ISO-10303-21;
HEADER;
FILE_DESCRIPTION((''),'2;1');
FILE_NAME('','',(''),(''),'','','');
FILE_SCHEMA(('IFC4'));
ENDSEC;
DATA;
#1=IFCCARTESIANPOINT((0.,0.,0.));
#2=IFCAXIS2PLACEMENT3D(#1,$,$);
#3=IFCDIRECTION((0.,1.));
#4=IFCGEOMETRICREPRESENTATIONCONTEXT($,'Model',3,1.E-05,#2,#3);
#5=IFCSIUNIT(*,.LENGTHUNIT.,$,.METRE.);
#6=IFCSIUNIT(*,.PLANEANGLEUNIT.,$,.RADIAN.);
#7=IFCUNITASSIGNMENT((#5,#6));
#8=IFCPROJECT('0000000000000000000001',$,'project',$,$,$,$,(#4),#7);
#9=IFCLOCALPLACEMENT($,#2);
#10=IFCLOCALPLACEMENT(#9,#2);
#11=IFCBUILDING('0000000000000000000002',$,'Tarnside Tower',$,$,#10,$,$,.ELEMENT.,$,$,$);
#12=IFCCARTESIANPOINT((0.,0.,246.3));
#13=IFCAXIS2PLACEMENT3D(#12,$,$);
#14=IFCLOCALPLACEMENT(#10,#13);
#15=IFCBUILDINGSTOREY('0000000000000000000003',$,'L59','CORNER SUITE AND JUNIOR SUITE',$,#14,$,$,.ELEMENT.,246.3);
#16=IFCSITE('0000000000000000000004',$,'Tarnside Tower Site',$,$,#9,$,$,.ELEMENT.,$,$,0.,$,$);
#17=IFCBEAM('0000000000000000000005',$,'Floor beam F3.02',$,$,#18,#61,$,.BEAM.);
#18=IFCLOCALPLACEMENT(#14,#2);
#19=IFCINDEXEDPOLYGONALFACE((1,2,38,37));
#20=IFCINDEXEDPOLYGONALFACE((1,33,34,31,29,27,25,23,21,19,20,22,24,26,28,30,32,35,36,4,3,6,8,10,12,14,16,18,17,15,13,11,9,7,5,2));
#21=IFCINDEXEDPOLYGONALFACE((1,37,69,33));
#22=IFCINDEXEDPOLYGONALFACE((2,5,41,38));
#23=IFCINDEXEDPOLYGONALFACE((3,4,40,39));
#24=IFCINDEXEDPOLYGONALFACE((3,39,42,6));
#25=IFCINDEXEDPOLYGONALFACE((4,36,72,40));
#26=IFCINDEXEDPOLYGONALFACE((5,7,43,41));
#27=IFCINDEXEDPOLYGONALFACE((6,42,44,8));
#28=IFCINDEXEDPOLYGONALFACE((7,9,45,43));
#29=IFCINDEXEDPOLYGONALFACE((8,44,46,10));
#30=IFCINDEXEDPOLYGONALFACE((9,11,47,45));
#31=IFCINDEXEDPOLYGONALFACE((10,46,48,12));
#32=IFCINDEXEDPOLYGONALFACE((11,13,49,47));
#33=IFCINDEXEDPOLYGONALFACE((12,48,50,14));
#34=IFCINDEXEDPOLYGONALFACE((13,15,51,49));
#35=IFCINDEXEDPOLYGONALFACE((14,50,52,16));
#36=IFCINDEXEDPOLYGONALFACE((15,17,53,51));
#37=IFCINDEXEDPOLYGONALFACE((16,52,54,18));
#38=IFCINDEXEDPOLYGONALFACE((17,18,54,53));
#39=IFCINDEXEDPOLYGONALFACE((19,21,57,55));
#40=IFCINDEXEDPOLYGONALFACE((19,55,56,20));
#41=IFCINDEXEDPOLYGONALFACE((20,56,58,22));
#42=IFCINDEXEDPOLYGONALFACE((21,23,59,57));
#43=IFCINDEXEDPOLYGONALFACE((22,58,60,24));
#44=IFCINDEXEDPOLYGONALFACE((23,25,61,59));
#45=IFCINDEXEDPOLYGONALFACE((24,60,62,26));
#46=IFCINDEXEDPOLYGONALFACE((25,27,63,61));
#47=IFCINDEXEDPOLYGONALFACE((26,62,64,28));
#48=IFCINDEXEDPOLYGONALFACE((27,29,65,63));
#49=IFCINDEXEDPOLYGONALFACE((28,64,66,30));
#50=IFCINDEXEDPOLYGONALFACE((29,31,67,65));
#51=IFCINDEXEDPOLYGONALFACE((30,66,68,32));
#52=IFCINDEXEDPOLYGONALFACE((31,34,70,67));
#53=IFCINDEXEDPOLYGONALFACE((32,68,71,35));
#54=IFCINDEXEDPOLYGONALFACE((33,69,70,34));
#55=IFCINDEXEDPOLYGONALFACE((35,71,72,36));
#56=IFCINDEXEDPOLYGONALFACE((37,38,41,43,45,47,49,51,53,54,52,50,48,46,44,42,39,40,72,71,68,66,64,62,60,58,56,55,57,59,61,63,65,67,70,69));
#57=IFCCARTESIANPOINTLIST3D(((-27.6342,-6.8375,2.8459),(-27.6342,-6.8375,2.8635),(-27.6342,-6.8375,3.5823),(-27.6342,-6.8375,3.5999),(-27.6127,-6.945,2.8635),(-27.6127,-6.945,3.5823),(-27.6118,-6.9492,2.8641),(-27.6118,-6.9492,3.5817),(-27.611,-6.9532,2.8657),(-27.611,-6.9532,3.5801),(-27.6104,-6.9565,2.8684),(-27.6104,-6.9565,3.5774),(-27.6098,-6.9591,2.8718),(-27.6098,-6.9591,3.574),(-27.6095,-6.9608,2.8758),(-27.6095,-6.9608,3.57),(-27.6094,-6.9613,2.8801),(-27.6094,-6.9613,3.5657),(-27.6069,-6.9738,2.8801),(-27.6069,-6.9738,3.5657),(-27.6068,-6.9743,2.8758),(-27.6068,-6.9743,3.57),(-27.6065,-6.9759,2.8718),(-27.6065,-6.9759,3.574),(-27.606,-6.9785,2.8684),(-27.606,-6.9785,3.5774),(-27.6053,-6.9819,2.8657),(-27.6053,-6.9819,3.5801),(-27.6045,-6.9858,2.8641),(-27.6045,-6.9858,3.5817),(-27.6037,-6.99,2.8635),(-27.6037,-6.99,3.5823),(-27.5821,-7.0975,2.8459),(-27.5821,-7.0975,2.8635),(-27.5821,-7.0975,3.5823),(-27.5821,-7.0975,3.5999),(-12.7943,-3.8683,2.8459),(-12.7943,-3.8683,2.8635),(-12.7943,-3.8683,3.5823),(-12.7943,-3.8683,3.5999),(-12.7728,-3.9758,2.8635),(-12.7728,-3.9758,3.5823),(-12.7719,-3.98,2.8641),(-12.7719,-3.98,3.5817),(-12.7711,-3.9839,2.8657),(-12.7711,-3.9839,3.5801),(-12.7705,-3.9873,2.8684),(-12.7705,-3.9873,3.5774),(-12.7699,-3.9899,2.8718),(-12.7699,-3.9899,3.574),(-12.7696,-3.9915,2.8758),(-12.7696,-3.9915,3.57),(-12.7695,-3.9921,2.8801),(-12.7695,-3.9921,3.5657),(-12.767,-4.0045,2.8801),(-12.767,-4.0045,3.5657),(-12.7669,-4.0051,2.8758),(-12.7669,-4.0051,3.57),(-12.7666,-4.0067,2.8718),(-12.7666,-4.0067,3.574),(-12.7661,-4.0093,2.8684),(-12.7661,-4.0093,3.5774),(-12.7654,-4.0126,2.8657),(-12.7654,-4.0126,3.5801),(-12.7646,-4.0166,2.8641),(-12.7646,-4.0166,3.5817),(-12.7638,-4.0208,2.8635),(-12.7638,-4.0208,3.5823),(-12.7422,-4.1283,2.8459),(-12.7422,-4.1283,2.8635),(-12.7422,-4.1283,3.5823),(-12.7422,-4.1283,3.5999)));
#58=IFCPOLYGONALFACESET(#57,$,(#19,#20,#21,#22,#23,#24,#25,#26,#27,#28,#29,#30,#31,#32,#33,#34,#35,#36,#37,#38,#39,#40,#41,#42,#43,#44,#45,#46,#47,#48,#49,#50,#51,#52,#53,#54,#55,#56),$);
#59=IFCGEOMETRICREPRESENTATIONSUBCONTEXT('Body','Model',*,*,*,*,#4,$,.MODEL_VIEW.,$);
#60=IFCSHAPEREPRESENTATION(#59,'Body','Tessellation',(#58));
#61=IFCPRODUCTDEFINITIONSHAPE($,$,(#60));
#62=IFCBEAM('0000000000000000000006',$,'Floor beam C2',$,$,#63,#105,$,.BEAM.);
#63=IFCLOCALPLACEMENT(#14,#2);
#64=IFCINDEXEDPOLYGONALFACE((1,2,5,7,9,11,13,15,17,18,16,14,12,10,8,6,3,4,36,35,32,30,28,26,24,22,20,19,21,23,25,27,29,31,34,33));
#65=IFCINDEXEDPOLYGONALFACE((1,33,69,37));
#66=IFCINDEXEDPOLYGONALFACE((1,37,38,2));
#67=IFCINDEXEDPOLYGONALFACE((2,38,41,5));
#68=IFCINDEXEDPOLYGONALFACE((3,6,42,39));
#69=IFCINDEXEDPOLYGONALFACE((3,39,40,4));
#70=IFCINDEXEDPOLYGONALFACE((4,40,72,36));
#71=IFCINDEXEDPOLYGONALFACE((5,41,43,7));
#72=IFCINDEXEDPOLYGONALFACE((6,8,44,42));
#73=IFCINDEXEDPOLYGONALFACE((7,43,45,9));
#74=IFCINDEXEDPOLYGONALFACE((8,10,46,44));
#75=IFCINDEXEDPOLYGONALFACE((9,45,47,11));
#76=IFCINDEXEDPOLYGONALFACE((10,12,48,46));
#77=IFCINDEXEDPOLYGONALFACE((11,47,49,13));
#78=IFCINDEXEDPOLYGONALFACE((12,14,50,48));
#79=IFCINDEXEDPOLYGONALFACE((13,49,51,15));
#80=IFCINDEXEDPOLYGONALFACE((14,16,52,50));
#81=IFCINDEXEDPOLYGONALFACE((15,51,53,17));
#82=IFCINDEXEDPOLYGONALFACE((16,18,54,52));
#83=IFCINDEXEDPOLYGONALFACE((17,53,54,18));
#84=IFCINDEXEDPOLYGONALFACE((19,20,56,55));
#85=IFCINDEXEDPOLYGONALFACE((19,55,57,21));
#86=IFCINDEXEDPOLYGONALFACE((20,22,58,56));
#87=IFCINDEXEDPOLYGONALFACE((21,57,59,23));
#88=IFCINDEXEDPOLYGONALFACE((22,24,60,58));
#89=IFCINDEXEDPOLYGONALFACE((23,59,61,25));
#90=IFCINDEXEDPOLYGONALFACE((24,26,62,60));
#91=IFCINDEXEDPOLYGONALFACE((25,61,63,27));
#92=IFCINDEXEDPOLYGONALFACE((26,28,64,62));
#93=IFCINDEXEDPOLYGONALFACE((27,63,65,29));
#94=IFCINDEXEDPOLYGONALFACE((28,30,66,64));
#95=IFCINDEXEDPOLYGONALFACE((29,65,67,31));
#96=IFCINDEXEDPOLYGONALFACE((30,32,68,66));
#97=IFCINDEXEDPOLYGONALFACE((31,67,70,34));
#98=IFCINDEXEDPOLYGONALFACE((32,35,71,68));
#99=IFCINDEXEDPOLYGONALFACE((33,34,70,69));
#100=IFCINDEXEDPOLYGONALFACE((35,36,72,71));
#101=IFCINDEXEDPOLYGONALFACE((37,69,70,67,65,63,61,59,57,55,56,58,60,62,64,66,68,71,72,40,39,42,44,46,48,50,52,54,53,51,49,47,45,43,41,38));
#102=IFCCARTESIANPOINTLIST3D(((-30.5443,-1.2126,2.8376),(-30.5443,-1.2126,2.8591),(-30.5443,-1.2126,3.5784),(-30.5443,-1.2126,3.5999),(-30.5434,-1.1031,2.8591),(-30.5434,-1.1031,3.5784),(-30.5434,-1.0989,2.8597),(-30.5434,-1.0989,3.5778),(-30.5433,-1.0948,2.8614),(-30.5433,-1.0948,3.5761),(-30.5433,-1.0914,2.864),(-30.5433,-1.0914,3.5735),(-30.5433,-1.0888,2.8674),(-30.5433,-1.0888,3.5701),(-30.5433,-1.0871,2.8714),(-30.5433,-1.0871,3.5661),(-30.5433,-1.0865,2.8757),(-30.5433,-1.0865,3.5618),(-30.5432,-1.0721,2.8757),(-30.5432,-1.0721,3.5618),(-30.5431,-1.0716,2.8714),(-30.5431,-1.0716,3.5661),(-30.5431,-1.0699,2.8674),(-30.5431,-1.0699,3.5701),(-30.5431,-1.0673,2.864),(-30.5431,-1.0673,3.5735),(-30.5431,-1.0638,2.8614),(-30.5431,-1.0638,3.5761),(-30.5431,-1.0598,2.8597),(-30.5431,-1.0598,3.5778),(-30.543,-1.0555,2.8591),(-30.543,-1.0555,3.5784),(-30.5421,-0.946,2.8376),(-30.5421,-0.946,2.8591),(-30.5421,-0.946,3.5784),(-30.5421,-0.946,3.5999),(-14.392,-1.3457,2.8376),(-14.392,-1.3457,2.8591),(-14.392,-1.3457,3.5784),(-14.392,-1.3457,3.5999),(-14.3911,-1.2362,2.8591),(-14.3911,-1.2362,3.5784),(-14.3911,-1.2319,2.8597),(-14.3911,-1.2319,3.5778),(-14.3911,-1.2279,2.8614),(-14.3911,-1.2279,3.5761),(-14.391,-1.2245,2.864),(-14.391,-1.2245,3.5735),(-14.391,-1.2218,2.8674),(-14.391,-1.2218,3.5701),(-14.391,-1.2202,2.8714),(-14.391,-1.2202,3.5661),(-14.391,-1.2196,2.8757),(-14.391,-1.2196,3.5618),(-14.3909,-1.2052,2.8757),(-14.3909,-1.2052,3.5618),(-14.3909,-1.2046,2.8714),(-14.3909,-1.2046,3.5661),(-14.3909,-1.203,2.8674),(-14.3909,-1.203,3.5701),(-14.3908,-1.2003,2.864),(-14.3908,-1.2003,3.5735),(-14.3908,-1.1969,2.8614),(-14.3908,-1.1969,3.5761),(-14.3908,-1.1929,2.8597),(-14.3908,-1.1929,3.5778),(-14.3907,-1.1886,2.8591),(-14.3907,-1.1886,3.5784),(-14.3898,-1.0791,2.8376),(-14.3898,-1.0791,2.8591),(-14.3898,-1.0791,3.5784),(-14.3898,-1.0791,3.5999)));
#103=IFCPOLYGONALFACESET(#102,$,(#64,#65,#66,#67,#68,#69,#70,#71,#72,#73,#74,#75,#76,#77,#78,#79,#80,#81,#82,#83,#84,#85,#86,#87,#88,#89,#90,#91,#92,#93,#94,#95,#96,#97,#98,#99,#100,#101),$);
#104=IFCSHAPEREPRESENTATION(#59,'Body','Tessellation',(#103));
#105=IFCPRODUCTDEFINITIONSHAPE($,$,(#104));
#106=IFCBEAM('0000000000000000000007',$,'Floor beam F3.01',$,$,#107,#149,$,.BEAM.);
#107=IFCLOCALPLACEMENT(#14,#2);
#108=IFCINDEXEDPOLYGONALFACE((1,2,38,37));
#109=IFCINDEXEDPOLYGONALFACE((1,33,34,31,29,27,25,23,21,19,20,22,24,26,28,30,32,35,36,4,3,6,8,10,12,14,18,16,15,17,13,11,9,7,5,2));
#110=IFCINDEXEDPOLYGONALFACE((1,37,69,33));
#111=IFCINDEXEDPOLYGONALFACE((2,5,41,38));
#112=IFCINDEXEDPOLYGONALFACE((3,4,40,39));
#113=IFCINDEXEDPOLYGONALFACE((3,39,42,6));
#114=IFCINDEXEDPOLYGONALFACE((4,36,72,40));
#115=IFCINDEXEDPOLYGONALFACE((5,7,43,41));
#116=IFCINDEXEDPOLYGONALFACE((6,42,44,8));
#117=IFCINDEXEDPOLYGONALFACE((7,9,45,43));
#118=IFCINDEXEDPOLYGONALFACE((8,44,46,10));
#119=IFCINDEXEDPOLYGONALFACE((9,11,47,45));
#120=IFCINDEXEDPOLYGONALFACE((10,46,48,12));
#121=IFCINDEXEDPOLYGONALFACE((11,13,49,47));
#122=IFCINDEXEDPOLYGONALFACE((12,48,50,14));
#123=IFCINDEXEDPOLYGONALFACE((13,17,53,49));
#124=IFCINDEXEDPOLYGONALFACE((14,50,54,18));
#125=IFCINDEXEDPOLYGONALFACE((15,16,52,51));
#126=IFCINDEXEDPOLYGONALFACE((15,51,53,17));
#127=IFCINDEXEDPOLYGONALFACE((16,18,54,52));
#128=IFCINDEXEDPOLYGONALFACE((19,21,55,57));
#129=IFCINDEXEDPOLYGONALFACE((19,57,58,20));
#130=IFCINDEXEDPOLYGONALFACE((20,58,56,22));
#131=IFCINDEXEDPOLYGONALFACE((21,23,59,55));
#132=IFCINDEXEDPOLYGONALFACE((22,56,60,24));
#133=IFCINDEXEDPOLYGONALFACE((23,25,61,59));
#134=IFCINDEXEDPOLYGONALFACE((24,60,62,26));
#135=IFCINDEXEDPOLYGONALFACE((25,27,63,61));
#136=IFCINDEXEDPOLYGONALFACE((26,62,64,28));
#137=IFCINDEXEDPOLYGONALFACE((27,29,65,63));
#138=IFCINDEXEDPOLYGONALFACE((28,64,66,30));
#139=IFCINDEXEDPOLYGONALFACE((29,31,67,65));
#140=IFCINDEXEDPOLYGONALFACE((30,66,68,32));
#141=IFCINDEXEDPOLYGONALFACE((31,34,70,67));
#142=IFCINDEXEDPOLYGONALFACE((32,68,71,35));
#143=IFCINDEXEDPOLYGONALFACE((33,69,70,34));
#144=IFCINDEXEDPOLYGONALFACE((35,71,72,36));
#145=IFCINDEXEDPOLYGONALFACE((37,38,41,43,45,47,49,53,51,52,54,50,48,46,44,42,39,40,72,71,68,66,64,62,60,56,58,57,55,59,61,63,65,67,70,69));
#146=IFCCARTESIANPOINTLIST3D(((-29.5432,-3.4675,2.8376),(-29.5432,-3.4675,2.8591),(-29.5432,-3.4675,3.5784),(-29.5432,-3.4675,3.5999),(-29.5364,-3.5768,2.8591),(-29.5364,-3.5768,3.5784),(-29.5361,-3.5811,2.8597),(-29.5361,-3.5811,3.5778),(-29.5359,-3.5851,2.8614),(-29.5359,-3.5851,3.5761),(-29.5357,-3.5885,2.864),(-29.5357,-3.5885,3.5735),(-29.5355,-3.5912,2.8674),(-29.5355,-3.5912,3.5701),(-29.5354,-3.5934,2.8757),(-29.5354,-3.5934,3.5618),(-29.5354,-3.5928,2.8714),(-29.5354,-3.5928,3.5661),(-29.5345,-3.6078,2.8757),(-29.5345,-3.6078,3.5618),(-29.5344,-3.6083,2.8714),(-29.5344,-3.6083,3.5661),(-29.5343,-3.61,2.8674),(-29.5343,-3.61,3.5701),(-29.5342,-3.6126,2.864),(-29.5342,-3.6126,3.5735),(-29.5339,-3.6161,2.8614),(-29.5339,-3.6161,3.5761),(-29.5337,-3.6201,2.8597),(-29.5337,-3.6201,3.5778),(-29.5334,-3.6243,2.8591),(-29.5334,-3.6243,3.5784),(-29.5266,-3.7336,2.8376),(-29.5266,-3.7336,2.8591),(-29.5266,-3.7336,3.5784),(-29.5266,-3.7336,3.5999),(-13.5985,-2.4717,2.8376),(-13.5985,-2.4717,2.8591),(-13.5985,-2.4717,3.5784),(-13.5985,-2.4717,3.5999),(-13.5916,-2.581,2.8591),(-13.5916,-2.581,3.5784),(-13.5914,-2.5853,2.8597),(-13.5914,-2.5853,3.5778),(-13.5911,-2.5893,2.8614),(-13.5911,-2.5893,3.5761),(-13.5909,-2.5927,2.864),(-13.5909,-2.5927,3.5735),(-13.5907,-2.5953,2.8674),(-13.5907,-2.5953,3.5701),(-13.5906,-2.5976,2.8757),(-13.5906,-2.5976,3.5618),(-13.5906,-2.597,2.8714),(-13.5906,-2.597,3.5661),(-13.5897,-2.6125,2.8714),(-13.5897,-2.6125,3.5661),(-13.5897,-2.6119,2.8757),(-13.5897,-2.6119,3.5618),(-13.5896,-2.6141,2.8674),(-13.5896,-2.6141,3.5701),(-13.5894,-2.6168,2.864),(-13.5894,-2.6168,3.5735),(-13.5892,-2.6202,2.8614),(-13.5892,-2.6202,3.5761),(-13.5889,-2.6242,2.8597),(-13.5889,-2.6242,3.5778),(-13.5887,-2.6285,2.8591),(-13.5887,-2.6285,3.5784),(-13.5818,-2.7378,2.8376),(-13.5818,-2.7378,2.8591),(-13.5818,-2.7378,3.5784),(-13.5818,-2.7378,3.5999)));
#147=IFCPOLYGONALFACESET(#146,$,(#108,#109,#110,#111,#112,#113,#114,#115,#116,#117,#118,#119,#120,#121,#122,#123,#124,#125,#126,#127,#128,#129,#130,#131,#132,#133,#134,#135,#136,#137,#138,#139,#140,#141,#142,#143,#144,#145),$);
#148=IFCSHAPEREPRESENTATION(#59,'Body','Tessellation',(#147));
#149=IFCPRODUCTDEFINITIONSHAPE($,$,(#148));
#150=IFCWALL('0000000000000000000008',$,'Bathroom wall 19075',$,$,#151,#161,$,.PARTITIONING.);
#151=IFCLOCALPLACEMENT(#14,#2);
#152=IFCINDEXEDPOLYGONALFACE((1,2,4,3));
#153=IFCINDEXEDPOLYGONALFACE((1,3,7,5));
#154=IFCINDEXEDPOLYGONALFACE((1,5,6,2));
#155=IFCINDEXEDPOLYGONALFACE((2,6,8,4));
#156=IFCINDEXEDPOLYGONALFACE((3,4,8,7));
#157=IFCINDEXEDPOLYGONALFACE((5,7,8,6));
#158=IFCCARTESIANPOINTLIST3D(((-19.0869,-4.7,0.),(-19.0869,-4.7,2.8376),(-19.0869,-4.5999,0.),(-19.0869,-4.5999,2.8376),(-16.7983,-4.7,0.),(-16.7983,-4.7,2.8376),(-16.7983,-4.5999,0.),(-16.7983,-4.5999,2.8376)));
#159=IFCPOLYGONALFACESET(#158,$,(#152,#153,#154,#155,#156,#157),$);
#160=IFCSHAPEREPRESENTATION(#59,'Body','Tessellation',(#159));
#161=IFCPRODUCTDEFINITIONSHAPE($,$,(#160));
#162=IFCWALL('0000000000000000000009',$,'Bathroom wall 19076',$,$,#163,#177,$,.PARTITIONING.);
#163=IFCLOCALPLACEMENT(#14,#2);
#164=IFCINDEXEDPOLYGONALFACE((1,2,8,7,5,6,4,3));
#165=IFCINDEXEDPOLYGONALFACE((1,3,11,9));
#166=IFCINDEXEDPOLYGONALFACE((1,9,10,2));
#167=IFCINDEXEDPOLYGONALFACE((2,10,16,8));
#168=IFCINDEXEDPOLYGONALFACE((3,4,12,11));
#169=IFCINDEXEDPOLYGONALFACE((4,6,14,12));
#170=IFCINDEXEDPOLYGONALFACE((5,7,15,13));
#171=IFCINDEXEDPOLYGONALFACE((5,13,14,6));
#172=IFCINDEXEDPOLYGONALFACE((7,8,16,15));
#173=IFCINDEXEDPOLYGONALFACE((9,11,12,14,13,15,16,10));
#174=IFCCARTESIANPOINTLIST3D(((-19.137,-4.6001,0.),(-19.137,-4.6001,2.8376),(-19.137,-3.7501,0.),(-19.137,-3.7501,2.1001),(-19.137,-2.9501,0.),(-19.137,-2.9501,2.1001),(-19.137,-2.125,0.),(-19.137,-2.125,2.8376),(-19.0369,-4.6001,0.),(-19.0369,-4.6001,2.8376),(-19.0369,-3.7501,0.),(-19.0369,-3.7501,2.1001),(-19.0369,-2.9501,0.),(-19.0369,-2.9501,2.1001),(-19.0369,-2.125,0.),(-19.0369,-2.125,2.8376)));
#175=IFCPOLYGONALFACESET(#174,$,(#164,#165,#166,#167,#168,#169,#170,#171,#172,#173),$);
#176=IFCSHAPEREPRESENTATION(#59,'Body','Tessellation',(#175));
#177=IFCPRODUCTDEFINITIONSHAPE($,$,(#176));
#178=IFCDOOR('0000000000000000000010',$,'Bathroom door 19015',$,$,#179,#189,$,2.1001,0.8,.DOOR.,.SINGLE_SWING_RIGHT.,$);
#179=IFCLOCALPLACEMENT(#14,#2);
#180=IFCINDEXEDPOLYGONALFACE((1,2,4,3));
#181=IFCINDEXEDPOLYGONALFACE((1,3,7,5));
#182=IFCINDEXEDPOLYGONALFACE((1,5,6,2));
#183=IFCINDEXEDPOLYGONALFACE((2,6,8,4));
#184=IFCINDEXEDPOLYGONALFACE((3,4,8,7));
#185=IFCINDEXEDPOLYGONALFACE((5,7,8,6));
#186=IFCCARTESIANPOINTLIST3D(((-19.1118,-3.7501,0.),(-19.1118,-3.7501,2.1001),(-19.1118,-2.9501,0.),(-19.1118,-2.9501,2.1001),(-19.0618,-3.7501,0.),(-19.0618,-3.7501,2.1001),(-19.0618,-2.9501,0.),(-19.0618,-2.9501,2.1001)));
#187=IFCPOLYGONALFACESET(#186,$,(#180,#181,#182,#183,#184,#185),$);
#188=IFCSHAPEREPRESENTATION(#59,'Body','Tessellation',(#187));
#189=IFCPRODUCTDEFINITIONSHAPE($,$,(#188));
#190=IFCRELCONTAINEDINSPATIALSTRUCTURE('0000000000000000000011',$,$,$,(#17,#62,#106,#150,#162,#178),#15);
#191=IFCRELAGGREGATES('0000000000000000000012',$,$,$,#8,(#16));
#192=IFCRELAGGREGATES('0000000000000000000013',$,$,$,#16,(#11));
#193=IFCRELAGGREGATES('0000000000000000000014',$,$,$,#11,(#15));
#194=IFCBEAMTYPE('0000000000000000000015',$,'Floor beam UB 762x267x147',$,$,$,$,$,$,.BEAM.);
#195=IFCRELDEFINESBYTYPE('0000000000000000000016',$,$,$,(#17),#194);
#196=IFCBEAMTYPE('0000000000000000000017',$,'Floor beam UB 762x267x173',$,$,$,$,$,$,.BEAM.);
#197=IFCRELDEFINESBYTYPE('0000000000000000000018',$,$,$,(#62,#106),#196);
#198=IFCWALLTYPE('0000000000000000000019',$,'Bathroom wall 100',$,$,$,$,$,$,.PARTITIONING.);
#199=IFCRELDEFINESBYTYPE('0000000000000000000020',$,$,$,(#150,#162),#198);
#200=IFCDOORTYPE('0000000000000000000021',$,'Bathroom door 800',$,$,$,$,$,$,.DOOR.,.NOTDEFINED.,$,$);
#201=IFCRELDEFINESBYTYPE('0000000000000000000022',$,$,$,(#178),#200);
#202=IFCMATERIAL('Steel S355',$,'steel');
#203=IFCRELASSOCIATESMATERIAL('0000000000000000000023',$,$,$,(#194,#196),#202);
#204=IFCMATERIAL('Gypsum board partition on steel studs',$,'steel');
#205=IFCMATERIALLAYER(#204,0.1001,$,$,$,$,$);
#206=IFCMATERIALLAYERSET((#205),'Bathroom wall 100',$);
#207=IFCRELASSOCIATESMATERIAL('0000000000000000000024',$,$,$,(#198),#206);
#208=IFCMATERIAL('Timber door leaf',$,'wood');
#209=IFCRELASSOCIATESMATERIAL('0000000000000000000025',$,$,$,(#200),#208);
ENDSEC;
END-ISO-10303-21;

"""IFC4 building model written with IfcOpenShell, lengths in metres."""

from ifc_helpers import new_model, si_unit, direction, frame, frame_2d, origin, origin_2d, place, context, subcontext, project, spatial, rectangle, i_section, extrude, material, layer, layer_set, material_profile, profile_set, type_object, element, fill, save


model = new_model("IFC4")

# Units and contexts
model_context = context("Model", 3, precision=1e-05, world=origin(), true_north=direction((0.0, 1.0)))
body_context = subcontext(model_context, "Body", "Model", "MODEL_VIEW")
ifc_project = project(units=[si_unit("LENGTHUNIT", "METRE"), si_unit("PLANEANGLEUNIT", "RADIAN")], contexts=[model_context])

# Site, building, storey
site_placement = place(None, origin())
site = spatial("IfcSite", under=ifc_project, at=site_placement, Name="Tarnside Tower Site", CompositionType="ELEMENT", RefElevation=0.0)
building_placement = place(site_placement, origin())
building = spatial("IfcBuilding", under=site, at=building_placement, Name="Tarnside Tower", CompositionType="ELEMENT")
storey_placement = place(building_placement, frame((0.0, 0.0, 246.3)))
storey = spatial("IfcBuildingStorey", under=building, at=storey_placement, Name="L59", Description="CORNER SUITE AND JUNIOR SUITE", CompositionType="ELEMENT", Elevation=246.3)

# Beams
ifc_material_1 = material(Name="Steel S355", Category="steel")
ifc_material_profile_1 = material_profile(ifc_material_1, i_section(OverallWidth=0.2651, OverallDepth=0.7539, WebThickness=0.0127, FlangeThickness=0.0176, FilletRadius=0.0166, at=origin_2d()), Name="UB 762x267x147")
ifc_profile_set_1 = profile_set([ifc_material_profile_1], Name="Steel S355")
beam_type_1 = type_object("IfcBeamType", Name="Floor beam UB 762x267x147", PredefinedType="BEAM", material=ifc_profile_set_1)
beam_1_placement = place(storey_placement, frame((-27.6082, -6.9675, 3.2229), z_axis=(0.980565, 0.196197, 0.0), x_axis=(-0.196197, 0.980565, 0.0)))
element("IfcBeam", 1, at=beam_1_placement, inside=storey, type_object=beam_type_1, Name="Floor beam F3.02", PredefinedType="BEAM", context=body_context, shape_type="SweptSolid", body=[
    extrude(i_section(OverallWidth=0.2651, OverallDepth=0.7539, WebThickness=0.0127, FlangeThickness=0.0176, FilletRadius=0.0166, at=origin_2d()), origin(), (0.0, 0.0, 1.0), 15.134),
])
ifc_material_profile_2 = material_profile(ifc_material_1, i_section(OverallWidth=0.2666, OverallDepth=0.7622, WebThickness=0.0144, FlangeThickness=0.0215, FilletRadius=0.0166, at=origin_2d()), Name="UB 762x267x173")
ifc_profile_set_2 = profile_set([ifc_material_profile_2], Name="Steel S355")
beam_type_2 = type_object("IfcBeamType", Name="Floor beam UB 762x267x173", PredefinedType="BEAM", material=ifc_profile_set_2)
beam_2_placement = place(storey_placement, frame((-30.5432, -1.0793, 3.2188), z_axis=(0.999966, -0.008237, 0.0), x_axis=(0.008237, 0.999966, 0.0)))
element("IfcBeam", 2, at=beam_2_placement, inside=storey, type_object=beam_type_2, Name="Floor beam C2", PredefinedType="BEAM", context=body_context, shape_type="SweptSolid", body=[
    extrude(i_section(OverallWidth=0.2666, OverallDepth=0.7622, WebThickness=0.0144, FlangeThickness=0.0215, FilletRadius=0.0166, at=origin_2d()), origin(), (0.0, 0.0, 1.0), 16.1528),
])
beam_3_placement = place(storey_placement, frame((-29.5349, -3.6006, 3.2188), z_axis=(0.998055, 0.062335, 0.0), x_axis=(-0.062335, 0.998055, 0.0)))
element("IfcBeam", 3, at=beam_3_placement, inside=storey, type_object=beam_type_2, Name="Floor beam F3.01", PredefinedType="BEAM", context=body_context, shape_type="SweptSolid", body=[
    extrude(i_section(OverallWidth=0.2666, OverallDepth=0.7622, WebThickness=0.0144, FlangeThickness=0.0215, FilletRadius=0.0166, at=origin_2d()), origin(), (0.0, 0.0, 1.0), 15.9758),
])

# Wall
ifc_material_2 = material(Name="Gypsum board partition on steel studs", Category="steel")
ifc_layer_1 = layer(ifc_material_2, 0.1001)
ifc_layer_set_1 = layer_set([ifc_layer_1], Name="Bathroom wall 100")
wall_type_1 = type_object("IfcWallType", Name="Bathroom wall 100", PredefinedType="PARTITIONING", material=ifc_layer_set_1)
wall_1_placement = place(storey_placement, frame((-16.7983, -4.6499, 0.0), z_axis=(0.0, 0.0, 1.0), x_axis=(-1.0, 0.0, 0.0)))
element("IfcWall", 4, at=wall_1_placement, inside=storey, type_object=wall_type_1, Name="Bathroom wall 19075", PredefinedType="PARTITIONING", context=body_context, shape_type="SweptSolid", body=[
    extrude(rectangle(XDim=2.2886, YDim=0.1001, at=frame_2d((1.1443, 0.0))), origin(), (0.0, 0.0, 1.0), 2.8376),
])

# Wall, opening, door
wall_2_placement = place(storey_placement, frame((-19.0869, -4.6001, 0.0), z_axis=(0.0, 0.0, 1.0), x_axis=(0.0, 1.0, 0.0)))
wall_2 = element("IfcWall", 5, at=wall_2_placement, inside=storey, type_object=wall_type_1, Name="Bathroom wall 19076", PredefinedType="PARTITIONING", context=body_context, shape_type="SweptSolid", body=[
    extrude(rectangle(XDim=2.4751, YDim=0.1001, at=frame_2d((1.2375, 0.0))), origin(), (0.0, 0.0, 1.0), 2.8376),
])
opening_1_placement = place(wall_2_placement, frame((0.8501, 0.0, 0.0)))
opening_1 = element("IfcOpeningElement", 6, at=opening_1_placement, cuts=wall_2, PredefinedType="OPENING", context=body_context, shape_type="SweptSolid", body=[
    extrude(rectangle(XDim=0.8, YDim=2.1001, at=frame_2d((0.3999, 1.05))), frame((0.0, 0.0601, 0.0), z_axis=(0.0, -1.0, 0.0), x_axis=(1.0, 0.0, 0.0)), (0.0, 0.0, 1.0), 0.1201),
])
ifc_material_3 = material(Name="Timber door leaf", Category="wood")
door_type_1 = type_object("IfcDoorType", Name="Bathroom door 800", OperationType="NOTDEFINED", PredefinedType="DOOR", material=ifc_material_3)
door_1_placement = place(opening_1_placement, origin())
door_1 = element("IfcDoor", 7, at=door_1_placement, inside=storey, type_object=door_type_1, Name="Bathroom door 19015", OperationType="SINGLE_SWING_RIGHT", OverallHeight=2.1001, OverallWidth=0.8, PredefinedType="DOOR", context=body_context, shape_type="SweptSolid", body=[
    extrude(rectangle(XDim=0.8, YDim=2.1001, at=frame_2d((0.3999, 1.05))), frame((0.0, 0.0249, 0.0), z_axis=(0.0, -1.0, 0.0), x_axis=(1.0, 0.0, 0.0)), (0.0, 0.0, 1.0), 0.05),
])
fill(opening_1, door_1)

save(model, "model.ifc")
